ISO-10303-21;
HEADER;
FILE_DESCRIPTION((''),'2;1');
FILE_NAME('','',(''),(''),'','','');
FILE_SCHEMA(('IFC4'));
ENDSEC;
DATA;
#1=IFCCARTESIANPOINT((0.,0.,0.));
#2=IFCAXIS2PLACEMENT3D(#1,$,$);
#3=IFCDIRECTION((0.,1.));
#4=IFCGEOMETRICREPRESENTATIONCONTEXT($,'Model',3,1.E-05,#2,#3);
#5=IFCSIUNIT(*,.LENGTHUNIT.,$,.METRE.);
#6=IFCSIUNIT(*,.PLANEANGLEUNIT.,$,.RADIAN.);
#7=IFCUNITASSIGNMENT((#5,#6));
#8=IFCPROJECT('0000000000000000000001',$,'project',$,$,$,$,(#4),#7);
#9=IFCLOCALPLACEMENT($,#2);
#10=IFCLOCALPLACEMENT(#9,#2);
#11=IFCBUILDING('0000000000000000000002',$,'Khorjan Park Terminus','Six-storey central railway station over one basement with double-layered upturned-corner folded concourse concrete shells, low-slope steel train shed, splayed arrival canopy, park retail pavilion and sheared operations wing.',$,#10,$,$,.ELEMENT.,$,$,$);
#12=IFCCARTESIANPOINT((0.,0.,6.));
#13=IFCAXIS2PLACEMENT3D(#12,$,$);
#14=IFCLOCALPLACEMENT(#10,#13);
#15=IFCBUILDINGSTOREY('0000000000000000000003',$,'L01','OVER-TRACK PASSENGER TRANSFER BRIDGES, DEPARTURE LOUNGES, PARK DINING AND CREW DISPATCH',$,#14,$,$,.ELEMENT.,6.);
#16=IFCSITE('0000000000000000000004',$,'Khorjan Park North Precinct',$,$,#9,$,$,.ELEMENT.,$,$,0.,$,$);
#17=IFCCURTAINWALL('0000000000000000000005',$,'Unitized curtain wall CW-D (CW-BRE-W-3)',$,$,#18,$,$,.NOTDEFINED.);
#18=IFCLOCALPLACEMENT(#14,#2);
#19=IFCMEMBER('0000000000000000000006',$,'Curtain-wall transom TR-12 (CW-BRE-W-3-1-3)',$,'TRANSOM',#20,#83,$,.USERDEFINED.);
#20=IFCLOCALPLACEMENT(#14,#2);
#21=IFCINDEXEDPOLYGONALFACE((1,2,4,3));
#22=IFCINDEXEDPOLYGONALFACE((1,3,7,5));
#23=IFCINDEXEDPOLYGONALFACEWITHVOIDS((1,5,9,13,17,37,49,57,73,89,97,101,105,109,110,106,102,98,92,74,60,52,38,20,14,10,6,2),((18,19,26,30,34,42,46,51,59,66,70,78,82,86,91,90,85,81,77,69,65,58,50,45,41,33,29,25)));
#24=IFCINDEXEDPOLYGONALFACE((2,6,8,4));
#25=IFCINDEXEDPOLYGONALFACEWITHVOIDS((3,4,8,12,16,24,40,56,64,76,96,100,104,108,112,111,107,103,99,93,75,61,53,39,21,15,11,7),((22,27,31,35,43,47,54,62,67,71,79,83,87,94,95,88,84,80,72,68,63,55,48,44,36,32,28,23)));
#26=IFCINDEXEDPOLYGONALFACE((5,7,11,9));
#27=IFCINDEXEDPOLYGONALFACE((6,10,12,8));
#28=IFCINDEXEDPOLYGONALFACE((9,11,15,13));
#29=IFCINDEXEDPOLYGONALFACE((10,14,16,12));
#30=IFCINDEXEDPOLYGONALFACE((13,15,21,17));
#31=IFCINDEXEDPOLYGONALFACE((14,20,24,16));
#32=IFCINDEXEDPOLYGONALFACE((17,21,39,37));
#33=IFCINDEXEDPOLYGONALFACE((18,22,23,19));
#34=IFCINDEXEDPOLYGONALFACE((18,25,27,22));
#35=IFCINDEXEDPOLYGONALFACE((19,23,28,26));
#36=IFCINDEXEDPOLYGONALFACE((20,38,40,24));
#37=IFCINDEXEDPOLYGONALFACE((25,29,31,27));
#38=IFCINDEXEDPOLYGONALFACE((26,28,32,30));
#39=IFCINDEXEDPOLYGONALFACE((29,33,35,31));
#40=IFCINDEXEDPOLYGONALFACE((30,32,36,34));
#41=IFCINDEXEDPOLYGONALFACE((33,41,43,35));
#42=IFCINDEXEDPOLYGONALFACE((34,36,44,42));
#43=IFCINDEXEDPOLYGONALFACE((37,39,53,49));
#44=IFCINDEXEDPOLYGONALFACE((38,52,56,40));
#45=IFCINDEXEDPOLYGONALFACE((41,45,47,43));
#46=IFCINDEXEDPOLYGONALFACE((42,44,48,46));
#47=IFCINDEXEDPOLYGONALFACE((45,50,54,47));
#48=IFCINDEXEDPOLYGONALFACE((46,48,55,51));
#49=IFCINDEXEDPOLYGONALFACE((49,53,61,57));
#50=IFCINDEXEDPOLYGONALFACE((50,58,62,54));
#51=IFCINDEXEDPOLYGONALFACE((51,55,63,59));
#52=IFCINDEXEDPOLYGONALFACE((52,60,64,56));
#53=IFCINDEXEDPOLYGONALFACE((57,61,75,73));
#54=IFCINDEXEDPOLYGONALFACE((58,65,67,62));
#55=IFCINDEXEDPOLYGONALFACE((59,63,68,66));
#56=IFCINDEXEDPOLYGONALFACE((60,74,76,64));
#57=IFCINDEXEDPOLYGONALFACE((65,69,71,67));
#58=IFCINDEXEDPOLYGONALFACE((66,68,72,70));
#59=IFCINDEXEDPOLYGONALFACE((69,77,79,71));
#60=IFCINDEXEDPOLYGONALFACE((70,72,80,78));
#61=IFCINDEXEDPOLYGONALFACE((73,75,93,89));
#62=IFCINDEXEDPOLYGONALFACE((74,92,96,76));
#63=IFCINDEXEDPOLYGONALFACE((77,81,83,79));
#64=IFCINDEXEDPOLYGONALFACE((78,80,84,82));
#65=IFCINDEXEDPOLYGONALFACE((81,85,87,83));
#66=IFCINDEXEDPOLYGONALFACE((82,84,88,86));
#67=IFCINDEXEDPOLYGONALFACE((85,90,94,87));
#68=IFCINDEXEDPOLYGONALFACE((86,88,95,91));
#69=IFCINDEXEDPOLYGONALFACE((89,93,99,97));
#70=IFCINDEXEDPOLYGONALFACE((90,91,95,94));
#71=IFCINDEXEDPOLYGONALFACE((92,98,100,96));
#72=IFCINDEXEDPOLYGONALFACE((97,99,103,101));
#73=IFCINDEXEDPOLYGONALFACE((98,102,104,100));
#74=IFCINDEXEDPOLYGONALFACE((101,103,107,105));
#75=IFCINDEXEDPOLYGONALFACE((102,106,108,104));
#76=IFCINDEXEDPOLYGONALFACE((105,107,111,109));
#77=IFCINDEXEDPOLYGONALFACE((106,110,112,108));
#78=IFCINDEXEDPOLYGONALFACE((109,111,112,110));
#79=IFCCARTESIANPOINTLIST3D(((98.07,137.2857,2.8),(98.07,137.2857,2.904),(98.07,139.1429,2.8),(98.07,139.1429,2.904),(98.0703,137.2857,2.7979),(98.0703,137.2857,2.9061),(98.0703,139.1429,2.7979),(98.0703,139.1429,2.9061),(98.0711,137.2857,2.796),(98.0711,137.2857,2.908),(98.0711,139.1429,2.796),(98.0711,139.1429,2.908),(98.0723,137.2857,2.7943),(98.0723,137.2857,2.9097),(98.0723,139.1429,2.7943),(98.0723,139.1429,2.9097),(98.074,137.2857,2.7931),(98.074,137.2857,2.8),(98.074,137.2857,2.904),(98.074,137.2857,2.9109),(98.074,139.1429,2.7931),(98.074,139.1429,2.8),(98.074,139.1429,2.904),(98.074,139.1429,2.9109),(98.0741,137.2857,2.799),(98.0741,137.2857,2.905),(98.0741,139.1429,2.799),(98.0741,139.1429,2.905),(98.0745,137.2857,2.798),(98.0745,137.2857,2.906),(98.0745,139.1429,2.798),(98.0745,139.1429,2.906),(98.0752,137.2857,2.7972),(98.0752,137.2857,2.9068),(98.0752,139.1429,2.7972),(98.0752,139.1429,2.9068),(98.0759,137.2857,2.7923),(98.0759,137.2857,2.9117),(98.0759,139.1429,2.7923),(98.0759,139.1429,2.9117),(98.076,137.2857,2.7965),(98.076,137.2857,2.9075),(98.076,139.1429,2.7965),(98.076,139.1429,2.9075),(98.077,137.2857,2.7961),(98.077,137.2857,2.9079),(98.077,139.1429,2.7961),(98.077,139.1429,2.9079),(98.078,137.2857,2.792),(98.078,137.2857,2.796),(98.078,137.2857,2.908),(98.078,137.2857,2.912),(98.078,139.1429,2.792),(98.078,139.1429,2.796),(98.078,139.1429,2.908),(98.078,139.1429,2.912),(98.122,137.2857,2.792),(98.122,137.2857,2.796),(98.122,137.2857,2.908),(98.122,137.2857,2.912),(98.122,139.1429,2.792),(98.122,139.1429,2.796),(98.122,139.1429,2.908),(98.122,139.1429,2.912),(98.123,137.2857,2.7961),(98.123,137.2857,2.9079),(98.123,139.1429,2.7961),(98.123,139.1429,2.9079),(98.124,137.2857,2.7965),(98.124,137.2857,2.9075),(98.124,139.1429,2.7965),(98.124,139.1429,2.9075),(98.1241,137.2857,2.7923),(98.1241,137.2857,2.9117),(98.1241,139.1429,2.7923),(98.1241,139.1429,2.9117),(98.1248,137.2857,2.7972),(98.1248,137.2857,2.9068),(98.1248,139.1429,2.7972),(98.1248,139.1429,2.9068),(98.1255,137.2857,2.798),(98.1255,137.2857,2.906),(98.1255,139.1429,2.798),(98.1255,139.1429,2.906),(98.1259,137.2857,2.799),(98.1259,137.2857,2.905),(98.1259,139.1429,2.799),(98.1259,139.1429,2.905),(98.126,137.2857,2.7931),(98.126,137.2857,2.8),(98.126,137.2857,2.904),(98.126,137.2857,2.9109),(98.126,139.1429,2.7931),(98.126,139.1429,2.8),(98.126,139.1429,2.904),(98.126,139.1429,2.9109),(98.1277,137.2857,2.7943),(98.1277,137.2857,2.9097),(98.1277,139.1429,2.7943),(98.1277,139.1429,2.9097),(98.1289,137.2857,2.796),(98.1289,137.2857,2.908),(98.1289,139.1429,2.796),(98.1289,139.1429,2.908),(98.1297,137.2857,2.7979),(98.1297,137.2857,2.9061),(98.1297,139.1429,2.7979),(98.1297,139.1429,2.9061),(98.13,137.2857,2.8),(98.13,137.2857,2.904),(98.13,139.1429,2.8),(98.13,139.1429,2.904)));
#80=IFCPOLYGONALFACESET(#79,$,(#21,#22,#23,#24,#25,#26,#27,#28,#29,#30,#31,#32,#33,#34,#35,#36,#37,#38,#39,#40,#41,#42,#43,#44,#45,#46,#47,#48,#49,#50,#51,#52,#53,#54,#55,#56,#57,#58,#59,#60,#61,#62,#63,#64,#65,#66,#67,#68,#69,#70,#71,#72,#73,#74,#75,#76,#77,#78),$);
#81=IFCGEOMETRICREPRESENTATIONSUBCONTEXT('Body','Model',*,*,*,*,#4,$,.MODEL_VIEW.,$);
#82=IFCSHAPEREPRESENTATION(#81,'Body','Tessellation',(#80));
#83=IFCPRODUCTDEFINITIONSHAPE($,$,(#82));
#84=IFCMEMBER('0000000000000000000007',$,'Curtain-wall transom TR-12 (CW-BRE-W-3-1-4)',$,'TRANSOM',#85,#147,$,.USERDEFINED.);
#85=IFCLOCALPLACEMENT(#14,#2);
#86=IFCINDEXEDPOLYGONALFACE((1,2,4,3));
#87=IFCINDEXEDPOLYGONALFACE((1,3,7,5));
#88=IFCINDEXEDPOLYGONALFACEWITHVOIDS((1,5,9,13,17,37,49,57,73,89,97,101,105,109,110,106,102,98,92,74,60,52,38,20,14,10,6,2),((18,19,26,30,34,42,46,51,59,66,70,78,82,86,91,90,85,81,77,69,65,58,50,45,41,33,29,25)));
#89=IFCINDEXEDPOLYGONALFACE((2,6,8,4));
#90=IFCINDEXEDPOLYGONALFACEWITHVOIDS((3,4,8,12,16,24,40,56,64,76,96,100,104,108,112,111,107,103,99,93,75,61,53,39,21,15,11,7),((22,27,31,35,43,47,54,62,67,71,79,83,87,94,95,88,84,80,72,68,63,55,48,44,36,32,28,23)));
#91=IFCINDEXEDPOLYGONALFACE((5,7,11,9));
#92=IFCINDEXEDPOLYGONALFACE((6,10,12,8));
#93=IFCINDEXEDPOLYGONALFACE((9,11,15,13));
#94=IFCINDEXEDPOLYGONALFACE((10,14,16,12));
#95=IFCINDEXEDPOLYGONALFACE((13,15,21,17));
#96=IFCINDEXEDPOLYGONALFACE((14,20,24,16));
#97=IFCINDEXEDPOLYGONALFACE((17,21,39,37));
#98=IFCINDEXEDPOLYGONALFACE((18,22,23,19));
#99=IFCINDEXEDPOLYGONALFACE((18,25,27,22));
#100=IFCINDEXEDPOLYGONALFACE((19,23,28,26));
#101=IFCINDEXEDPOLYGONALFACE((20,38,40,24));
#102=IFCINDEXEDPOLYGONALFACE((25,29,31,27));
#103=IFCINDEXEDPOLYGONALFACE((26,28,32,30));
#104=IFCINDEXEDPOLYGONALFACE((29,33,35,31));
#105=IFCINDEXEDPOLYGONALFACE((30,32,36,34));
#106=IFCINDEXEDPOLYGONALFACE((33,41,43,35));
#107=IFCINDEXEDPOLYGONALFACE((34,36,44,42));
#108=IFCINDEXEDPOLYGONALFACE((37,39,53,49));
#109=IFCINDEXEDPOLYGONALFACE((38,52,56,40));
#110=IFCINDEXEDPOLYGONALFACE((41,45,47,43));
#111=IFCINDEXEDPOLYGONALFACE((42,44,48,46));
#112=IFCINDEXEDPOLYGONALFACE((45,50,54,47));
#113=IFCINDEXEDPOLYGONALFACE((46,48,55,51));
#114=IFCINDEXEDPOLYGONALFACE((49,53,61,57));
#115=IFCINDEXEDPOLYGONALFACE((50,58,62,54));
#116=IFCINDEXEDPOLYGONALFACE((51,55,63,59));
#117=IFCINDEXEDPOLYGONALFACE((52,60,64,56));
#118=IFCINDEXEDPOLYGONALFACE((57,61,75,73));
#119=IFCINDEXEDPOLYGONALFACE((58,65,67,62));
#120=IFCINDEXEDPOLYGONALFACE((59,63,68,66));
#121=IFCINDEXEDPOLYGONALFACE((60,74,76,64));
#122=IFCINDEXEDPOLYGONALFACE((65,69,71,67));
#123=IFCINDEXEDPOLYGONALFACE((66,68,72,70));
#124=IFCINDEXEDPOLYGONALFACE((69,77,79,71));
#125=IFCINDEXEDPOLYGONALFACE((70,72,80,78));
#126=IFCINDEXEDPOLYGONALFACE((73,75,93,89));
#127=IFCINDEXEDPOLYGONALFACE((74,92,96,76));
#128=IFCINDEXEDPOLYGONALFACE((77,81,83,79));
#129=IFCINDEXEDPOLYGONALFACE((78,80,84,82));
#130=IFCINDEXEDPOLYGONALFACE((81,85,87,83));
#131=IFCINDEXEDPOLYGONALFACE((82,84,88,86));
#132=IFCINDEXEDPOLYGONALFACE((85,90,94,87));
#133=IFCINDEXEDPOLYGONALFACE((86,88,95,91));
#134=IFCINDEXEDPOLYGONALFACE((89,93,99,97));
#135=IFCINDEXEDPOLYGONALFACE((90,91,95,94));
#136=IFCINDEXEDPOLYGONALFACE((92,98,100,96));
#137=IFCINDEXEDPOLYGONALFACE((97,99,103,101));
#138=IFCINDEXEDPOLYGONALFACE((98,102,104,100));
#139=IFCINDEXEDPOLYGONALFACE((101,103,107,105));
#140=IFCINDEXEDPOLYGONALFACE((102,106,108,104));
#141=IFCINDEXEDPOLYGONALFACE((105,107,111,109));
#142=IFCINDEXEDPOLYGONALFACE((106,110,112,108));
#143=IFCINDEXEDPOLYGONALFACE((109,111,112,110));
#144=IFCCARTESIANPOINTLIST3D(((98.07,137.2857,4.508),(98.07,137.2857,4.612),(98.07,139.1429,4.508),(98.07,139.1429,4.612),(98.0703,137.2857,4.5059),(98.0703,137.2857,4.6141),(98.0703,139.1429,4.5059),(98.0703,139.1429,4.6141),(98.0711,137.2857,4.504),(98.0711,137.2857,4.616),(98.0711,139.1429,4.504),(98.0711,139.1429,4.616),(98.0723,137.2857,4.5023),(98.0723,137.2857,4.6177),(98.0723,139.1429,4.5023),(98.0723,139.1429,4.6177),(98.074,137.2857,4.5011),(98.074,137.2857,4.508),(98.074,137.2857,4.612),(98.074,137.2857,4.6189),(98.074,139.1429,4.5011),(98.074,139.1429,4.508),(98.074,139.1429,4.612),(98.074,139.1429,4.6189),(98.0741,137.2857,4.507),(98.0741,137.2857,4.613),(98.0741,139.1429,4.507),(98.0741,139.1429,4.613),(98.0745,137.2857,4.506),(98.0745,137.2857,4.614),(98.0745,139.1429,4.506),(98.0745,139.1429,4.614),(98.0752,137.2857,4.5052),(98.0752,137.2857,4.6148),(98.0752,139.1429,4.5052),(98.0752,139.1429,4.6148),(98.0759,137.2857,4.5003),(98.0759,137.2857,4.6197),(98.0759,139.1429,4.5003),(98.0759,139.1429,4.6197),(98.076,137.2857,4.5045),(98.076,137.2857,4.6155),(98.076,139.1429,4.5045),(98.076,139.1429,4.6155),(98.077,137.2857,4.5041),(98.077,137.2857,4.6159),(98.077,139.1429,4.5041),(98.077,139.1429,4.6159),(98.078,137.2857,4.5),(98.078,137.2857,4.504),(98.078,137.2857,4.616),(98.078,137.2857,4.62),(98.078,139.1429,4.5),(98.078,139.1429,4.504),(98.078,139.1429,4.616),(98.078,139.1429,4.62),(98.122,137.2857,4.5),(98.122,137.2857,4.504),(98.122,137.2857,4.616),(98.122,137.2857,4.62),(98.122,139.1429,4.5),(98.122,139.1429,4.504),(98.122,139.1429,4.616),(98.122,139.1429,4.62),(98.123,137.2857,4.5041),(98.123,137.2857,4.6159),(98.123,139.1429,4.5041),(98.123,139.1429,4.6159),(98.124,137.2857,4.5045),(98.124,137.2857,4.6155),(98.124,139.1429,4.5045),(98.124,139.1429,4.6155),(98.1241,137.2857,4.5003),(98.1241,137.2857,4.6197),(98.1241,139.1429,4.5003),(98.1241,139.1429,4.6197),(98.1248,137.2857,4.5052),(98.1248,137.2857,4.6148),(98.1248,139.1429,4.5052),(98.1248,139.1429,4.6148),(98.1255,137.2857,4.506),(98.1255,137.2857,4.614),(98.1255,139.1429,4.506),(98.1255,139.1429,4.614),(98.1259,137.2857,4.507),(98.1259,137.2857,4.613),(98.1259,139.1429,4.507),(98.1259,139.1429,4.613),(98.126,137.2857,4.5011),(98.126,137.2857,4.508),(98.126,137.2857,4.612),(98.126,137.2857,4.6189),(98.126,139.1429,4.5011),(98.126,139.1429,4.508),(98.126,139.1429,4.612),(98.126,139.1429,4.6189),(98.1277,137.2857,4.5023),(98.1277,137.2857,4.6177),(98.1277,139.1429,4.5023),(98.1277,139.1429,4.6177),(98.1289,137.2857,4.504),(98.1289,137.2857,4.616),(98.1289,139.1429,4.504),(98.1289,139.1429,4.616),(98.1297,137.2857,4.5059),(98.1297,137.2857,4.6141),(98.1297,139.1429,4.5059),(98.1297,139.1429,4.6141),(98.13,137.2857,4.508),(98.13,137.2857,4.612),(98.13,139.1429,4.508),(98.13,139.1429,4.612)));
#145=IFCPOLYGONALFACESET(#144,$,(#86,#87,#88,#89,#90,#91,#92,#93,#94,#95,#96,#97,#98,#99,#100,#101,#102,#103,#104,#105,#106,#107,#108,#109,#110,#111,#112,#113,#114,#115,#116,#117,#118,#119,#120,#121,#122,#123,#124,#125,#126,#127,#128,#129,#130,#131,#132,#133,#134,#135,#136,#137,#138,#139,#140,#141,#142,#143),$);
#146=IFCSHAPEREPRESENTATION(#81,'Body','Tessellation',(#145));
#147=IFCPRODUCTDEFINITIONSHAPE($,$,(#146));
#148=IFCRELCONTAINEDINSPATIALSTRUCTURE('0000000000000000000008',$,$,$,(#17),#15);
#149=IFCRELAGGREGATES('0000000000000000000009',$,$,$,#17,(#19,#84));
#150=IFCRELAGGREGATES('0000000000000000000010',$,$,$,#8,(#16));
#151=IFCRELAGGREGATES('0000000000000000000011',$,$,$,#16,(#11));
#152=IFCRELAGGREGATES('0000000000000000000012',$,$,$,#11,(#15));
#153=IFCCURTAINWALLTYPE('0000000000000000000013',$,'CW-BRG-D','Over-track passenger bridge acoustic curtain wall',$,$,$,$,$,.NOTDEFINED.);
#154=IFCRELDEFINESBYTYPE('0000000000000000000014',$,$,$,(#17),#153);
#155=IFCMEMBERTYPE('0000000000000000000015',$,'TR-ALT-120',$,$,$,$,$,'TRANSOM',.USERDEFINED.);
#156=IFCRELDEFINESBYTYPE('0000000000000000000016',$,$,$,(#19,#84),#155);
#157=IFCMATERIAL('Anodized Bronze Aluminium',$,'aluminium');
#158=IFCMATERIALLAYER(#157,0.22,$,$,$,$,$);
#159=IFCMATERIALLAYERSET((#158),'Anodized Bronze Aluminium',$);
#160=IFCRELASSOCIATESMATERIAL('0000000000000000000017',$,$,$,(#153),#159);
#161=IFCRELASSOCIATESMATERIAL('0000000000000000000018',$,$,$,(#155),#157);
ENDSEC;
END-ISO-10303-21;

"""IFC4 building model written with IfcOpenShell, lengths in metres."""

from ifc_helpers import new_model, si_unit, direction, frame, origin, origin_2d, place, context, subcontext, project, spatial, hollow_rectangle, extrude, material, layer, layer_set, material_profile, profile_set, type_object, element, aggregate, save


model = new_model("IFC4")

# Units and contexts
model_context = context("Model", 3, precision=1e-05, world=origin(), true_north=direction((0.0, 1.0)))
body_context = subcontext(model_context, "Body", "Model", "MODEL_VIEW")
ifc_project = project(units=[si_unit("LENGTHUNIT", "METRE"), si_unit("PLANEANGLEUNIT", "RADIAN")], contexts=[model_context])

# Site, building, storey
site_placement = place(None, origin())
site = spatial("IfcSite", under=ifc_project, at=site_placement, Name="Khorjan Park North Precinct", CompositionType="ELEMENT", RefElevation=0.0)
building_placement = place(site_placement, origin())
building = spatial("IfcBuilding", under=site, at=building_placement, Name="Khorjan Park Terminus", Description="Six-storey central railway station over one basement with double-layered upturned-corner folded concourse concrete shells, low-slope steel train shed, splayed arrival canopy, park retail pavilion and sheared operations wing.", CompositionType="ELEMENT")
storey_placement = place(building_placement, frame((0.0, 0.0, 6.0)))
storey = spatial("IfcBuildingStorey", under=building, at=storey_placement, Name="L01", Description="OVER-TRACK PASSENGER TRANSFER BRIDGES, DEPARTURE LOUNGES, PARK DINING AND CREW DISPATCH", CompositionType="ELEMENT", Elevation=6.0)

# Curtain wall, members
ifc_material_1 = material(Name="Anodized Bronze Aluminium", Category="aluminium")
ifc_layer_1 = layer(ifc_material_1, 0.22)
ifc_layer_set_1 = layer_set([ifc_layer_1], Name="Anodized Bronze Aluminium")
curtain_wall_type = type_object("IfcCurtainWallType", Name="CW-BRG-D", Description="Over-track passenger bridge acoustic curtain wall", PredefinedType="NOTDEFINED", material=ifc_layer_set_1)
curtain_wall_1_placement = place(storey_placement, origin())
curtain_wall_1 = element("IfcCurtainWall", 1, at=curtain_wall_1_placement, inside=storey, type_object=curtain_wall_type, Name="Unitized curtain wall CW-D (CW-BRE-W-3)", PredefinedType="NOTDEFINED")
ifc_material_profile_1 = material_profile(ifc_material_1, hollow_rectangle(XDim=0.06, YDim=0.12, WallThickness=0.004, InnerFilletRadius=0.004, OuterFilletRadius=0.008, at=origin_2d()), Name="ALT 60x120x4")
ifc_profile_set_1 = profile_set([ifc_material_profile_1], Name="Anodized Bronze Aluminium")
member_type_1 = type_object("IfcMemberType", Name="TR-ALT-120", ElementType="TRANSOM", PredefinedType="USERDEFINED", material=ifc_profile_set_1)
member_1_placement = place(storey_placement, frame((98.1, 139.1429, 2.852), z_axis=(0.0, -1.0, 0.0), x_axis=(1.0, 0.0, 0.0)))
member_1 = element("IfcMember", 2, at=member_1_placement, type_object=member_type_1, Name="Curtain-wall transom TR-12 (CW-BRE-W-3-1-3)", ObjectType="TRANSOM", PredefinedType="USERDEFINED", context=body_context, shape_type="SweptSolid", body=[
    extrude(hollow_rectangle(XDim=0.06, YDim=0.12, WallThickness=0.004, InnerFilletRadius=0.004, OuterFilletRadius=0.008, at=origin_2d()), origin(), (0.0, 0.0, 1.0), 1.8572),
])
member_2_placement = place(storey_placement, frame((98.1, 139.1429, 4.56), z_axis=(0.0, -1.0, 0.0), x_axis=(1.0, 0.0, 0.0)))
member_2 = element("IfcMember", 3, at=member_2_placement, type_object=member_type_1, Name="Curtain-wall transom TR-12 (CW-BRE-W-3-1-4)", ObjectType="TRANSOM", PredefinedType="USERDEFINED", context=body_context, shape_type="SweptSolid", body=[
    extrude(hollow_rectangle(XDim=0.06, YDim=0.12, WallThickness=0.004, InnerFilletRadius=0.004, OuterFilletRadius=0.008, at=origin_2d()), origin(), (0.0, 0.0, 1.0), 1.8572),
])

aggregate(curtain_wall_1, [member_1, member_2])

save(model, "model.ifc")
